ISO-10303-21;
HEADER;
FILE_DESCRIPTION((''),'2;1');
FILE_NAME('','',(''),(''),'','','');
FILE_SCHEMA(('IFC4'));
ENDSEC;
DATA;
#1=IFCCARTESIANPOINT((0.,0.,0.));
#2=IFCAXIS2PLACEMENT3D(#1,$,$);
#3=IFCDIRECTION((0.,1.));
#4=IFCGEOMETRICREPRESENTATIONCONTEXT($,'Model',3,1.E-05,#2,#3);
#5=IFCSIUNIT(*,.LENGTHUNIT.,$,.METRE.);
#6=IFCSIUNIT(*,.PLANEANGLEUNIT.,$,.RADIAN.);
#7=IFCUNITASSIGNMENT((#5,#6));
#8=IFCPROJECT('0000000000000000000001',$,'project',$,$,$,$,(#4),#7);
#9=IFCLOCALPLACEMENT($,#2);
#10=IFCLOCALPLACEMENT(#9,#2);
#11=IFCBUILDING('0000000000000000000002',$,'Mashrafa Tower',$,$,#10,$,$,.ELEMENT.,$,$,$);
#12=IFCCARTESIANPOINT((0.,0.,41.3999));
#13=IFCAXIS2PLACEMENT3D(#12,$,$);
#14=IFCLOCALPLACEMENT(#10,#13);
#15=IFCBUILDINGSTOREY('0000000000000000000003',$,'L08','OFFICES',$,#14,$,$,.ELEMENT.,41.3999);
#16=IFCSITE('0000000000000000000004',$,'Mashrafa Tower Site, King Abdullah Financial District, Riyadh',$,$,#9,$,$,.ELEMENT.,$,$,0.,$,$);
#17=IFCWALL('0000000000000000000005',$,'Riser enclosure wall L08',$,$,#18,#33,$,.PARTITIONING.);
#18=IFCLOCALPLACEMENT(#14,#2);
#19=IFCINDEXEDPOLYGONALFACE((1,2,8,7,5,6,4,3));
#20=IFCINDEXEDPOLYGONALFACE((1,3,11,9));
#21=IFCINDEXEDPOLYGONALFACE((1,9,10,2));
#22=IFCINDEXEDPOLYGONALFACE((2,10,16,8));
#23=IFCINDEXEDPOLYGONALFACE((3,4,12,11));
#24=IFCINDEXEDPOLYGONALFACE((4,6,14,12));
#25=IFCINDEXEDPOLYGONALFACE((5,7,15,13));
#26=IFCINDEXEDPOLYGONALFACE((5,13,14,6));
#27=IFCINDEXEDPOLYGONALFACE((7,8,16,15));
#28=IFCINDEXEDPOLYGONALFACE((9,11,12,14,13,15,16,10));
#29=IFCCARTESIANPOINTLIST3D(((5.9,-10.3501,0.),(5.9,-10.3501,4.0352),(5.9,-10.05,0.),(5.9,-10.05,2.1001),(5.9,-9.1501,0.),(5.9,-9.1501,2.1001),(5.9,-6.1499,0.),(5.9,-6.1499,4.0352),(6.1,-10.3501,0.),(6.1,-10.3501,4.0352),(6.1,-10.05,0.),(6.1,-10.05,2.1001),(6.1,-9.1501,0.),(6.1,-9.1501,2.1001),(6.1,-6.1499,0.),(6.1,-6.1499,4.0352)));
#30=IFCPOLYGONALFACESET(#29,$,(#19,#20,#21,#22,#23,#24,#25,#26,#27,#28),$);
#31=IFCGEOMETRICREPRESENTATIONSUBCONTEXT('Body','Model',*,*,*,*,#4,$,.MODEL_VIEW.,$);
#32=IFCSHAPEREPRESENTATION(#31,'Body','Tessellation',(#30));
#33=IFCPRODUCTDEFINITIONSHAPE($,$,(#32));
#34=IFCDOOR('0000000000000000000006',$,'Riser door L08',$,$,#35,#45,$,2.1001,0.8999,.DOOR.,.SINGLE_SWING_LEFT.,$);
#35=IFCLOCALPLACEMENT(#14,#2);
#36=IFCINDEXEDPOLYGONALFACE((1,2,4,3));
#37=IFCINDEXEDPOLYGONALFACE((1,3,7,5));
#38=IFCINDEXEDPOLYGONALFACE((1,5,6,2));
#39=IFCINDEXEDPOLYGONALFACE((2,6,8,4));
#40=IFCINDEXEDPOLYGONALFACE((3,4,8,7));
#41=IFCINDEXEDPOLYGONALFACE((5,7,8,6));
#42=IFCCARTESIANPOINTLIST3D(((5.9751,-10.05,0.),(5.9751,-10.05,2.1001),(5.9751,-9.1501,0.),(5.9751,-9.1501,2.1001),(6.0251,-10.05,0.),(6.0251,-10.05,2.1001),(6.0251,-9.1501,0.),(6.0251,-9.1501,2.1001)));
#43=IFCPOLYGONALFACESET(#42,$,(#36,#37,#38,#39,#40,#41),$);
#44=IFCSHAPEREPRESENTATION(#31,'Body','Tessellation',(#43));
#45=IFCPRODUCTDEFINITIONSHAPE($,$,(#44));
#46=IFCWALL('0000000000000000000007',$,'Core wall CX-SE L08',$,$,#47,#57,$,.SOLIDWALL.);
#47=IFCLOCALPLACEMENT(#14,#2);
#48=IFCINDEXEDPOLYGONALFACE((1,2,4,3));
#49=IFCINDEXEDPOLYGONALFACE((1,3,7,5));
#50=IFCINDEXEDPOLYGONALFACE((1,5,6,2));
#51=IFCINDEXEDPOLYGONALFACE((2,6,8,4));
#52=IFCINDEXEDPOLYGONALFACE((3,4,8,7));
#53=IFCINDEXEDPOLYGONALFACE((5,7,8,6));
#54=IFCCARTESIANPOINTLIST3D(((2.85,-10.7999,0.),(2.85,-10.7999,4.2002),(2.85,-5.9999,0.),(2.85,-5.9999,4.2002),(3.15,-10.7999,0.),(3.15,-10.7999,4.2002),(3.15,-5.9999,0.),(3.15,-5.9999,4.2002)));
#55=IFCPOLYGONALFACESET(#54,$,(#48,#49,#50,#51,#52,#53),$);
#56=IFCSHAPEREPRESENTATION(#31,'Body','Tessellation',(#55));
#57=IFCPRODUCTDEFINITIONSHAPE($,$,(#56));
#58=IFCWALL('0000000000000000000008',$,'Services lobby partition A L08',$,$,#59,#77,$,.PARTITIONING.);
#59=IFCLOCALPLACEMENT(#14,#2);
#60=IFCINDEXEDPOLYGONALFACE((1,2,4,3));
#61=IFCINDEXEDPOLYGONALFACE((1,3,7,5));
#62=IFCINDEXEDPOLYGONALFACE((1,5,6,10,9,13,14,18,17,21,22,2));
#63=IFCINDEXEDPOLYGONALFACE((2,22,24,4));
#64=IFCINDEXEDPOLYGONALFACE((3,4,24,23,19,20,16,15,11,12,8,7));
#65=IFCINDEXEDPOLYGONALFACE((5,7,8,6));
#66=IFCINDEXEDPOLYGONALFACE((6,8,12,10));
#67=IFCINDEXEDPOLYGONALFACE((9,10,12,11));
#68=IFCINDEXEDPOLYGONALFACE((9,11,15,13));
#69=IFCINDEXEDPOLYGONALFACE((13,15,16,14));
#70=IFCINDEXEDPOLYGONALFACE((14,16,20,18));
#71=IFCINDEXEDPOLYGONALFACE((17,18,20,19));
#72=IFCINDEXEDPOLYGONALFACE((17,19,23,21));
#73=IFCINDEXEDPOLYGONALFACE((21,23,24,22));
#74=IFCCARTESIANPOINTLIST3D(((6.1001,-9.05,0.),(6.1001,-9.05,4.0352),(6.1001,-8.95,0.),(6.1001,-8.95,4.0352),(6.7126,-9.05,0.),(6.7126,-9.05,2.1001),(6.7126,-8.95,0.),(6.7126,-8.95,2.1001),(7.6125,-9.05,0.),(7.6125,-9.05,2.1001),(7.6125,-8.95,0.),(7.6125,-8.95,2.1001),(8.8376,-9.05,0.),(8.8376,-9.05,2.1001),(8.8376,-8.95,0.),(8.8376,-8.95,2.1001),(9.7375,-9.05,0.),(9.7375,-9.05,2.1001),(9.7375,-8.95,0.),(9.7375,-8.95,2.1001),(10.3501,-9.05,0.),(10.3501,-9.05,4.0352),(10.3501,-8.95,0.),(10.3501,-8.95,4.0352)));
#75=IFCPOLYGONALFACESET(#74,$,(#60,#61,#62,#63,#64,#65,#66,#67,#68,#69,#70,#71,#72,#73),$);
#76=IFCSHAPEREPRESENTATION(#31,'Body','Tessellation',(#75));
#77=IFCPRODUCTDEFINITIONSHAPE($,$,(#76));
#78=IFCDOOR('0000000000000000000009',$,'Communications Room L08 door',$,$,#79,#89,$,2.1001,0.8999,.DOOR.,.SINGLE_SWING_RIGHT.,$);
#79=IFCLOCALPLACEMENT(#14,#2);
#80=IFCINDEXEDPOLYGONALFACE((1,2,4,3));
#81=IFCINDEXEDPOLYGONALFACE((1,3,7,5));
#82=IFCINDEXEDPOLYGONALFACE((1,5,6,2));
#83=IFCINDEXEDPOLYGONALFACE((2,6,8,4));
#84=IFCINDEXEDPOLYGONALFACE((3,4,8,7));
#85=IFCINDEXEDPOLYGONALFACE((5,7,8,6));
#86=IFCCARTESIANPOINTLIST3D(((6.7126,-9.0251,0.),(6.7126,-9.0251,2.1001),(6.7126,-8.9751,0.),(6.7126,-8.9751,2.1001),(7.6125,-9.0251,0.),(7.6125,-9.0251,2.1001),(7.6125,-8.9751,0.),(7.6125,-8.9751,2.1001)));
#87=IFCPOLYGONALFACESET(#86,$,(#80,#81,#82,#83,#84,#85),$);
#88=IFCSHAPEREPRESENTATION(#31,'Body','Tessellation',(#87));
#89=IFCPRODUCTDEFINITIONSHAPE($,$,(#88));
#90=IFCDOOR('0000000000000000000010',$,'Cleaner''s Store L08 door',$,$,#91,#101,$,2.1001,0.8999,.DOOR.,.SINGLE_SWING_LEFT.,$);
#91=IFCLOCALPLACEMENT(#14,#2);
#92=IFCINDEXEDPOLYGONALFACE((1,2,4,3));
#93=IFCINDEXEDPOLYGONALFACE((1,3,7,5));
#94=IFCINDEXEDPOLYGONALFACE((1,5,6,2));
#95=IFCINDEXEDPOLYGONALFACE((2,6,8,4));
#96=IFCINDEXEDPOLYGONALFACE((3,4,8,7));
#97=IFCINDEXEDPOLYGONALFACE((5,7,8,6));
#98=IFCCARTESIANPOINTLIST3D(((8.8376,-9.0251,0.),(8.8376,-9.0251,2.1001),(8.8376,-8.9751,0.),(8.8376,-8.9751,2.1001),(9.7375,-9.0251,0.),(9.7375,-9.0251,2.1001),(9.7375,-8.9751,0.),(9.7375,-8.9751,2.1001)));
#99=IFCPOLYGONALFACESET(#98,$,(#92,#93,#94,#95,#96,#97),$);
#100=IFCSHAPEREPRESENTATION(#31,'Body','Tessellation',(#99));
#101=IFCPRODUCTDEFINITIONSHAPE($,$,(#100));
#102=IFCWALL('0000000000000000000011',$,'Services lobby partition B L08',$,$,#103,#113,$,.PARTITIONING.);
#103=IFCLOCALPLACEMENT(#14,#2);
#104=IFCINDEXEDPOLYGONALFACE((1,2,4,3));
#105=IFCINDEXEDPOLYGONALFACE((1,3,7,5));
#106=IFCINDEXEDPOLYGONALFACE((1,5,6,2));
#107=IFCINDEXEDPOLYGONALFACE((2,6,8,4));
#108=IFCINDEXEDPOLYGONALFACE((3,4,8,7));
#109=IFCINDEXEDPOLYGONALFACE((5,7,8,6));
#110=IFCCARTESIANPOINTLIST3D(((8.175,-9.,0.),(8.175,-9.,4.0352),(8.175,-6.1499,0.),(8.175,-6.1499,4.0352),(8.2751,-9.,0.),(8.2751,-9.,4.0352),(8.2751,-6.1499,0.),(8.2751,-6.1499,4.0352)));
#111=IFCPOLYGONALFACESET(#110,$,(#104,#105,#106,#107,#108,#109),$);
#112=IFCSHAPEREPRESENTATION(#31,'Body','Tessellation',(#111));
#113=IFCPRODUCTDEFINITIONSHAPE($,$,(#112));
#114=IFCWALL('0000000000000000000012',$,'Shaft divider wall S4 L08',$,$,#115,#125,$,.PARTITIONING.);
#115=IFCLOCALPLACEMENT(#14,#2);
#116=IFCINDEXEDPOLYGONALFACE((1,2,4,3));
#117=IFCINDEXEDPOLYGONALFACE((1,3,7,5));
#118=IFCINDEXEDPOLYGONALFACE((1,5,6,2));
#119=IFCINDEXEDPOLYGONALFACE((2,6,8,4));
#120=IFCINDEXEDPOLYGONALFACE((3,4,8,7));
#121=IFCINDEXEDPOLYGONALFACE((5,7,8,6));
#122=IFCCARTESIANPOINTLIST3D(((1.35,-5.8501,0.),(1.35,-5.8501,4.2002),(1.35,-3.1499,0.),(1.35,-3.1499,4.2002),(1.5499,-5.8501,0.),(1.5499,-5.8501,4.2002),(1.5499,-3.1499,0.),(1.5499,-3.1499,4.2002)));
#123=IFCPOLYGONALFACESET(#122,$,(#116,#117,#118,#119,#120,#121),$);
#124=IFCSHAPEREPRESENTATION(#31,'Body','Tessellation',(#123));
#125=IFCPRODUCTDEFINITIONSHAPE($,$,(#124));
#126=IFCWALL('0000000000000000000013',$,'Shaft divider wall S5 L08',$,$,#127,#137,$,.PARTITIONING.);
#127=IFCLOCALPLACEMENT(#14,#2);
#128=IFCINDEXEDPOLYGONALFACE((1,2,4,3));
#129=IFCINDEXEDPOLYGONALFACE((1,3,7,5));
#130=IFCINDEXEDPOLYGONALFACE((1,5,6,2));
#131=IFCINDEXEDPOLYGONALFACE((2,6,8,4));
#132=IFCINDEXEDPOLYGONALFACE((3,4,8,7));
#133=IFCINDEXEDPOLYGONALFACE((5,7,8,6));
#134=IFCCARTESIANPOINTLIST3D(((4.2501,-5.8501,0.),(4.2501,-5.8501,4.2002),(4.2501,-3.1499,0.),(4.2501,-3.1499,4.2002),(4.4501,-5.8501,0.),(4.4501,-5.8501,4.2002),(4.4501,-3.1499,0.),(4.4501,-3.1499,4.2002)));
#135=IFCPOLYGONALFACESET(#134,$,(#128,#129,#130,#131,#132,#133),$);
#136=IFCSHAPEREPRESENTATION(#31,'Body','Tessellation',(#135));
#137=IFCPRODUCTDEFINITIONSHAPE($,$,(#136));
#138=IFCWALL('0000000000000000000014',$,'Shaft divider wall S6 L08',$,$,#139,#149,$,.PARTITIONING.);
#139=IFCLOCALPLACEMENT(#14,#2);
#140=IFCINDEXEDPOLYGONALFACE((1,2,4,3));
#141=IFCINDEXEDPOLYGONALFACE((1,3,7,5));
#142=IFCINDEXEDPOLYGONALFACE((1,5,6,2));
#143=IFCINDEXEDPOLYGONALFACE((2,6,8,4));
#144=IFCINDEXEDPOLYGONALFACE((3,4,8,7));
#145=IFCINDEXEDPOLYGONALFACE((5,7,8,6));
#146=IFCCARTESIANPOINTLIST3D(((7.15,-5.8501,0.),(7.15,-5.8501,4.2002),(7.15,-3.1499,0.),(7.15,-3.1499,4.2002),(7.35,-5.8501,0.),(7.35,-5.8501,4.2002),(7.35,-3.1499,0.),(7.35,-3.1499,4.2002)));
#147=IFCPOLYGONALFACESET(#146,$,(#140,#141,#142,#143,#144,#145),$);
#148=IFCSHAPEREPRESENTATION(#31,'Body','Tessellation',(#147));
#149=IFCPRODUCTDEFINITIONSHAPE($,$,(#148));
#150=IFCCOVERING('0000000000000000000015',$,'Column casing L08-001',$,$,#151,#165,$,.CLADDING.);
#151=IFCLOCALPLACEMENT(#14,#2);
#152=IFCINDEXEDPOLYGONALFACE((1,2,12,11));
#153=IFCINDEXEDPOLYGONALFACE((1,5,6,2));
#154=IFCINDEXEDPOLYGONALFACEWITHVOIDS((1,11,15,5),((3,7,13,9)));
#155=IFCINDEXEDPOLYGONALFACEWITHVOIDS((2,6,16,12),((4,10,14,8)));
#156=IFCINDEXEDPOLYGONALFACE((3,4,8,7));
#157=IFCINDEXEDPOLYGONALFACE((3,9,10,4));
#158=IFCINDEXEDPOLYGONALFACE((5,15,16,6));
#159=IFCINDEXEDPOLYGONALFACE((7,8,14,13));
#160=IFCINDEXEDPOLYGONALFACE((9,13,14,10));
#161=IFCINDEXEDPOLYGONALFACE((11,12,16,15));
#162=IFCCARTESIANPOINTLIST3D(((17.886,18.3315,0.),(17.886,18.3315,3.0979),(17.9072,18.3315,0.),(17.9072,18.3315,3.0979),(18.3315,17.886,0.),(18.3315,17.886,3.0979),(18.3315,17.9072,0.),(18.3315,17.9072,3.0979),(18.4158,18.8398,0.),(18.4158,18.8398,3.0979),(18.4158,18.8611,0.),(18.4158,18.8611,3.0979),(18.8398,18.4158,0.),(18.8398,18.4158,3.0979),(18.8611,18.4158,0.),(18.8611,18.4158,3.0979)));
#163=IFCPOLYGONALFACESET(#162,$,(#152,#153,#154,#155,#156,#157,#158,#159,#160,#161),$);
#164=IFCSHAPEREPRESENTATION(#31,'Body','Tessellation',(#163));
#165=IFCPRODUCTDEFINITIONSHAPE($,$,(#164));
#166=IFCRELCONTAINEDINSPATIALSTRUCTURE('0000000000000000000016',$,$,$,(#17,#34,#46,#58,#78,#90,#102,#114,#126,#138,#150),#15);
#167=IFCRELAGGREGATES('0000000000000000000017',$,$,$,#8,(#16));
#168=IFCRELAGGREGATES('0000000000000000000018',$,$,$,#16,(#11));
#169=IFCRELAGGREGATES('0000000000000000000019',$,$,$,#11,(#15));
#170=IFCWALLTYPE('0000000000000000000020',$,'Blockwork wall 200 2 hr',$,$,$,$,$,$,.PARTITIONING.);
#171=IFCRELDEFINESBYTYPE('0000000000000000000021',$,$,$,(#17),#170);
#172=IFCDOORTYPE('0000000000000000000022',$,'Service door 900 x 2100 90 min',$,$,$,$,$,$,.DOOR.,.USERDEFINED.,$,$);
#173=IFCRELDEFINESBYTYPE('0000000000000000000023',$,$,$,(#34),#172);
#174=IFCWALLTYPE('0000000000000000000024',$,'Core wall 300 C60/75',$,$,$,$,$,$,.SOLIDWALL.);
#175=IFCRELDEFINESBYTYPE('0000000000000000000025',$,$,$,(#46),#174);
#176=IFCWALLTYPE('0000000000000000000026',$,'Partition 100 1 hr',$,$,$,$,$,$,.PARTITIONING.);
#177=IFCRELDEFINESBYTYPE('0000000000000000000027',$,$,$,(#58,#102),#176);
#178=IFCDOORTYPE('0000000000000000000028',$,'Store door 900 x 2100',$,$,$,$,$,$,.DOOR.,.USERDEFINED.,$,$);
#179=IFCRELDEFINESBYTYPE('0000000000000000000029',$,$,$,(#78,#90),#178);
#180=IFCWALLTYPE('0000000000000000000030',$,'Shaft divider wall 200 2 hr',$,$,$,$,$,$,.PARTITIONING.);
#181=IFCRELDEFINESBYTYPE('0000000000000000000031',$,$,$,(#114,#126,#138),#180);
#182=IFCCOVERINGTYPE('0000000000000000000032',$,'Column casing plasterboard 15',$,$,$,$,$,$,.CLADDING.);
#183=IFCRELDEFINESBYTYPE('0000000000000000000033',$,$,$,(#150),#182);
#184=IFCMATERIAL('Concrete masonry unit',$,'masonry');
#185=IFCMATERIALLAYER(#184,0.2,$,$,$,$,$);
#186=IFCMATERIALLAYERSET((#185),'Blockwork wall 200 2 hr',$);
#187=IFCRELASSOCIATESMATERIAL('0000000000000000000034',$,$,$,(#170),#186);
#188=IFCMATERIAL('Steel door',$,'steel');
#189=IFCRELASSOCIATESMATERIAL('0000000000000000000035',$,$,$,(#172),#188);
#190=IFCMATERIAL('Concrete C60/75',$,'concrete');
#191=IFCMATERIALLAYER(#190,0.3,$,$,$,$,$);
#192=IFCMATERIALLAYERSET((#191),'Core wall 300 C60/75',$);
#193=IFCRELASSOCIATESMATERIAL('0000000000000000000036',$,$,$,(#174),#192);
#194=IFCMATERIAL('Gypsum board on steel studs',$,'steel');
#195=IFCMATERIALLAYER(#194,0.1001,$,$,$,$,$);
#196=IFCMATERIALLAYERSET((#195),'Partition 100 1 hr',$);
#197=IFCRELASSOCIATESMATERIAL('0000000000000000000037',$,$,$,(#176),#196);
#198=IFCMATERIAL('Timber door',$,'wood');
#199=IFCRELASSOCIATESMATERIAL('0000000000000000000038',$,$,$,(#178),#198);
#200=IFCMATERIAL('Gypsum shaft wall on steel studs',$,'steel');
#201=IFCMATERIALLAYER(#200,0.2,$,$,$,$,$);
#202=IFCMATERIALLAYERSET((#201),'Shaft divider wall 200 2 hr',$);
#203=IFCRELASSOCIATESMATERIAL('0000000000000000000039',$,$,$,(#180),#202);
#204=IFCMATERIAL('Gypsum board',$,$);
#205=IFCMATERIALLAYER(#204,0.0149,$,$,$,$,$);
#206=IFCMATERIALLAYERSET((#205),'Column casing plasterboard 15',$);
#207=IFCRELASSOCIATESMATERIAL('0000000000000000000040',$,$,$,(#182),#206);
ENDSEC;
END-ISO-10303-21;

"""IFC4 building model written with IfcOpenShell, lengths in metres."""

from ifc_helpers import new_model, si_unit, direction, frame, frame_2d, origin, place, context, subcontext, project, spatial, polyline, rectangle, outline, extrude, material, layer, layer_set, type_object, element, fill, save


model = new_model("IFC4")

# Units and contexts
model_context = context("Model", 3, precision=1e-05, world=origin(), true_north=direction((0.0, 1.0)))
body_context = subcontext(model_context, "Body", "Model", "MODEL_VIEW")
ifc_project = project(units=[si_unit("LENGTHUNIT", "METRE"), si_unit("PLANEANGLEUNIT", "RADIAN")], contexts=[model_context])

# Site, building, storey
site_placement = place(None, origin())
site = spatial("IfcSite", under=ifc_project, at=site_placement, Name="Mashrafa Tower Site, King Abdullah Financial District, Riyadh", CompositionType="ELEMENT", RefElevation=0.0)
building_placement = place(site_placement, origin())
building = spatial("IfcBuilding", under=site, at=building_placement, Name="Mashrafa Tower", CompositionType="ELEMENT")
storey_placement = place(building_placement, frame((0.0, 0.0, 41.3999)))
storey = spatial("IfcBuildingStorey", under=building, at=storey_placement, Name="L08", Description="OFFICES", CompositionType="ELEMENT", Elevation=41.3999)

# Wall, opening, door
ifc_material_1 = material(Name="Concrete masonry unit", Category="masonry")
ifc_layer_1 = layer(ifc_material_1, 0.2)
ifc_layer_set_1 = layer_set([ifc_layer_1], Name="Blockwork wall 200 2 hr")
wall_type_1 = type_object("IfcWallType", Name="Blockwork wall 200 2 hr", PredefinedType="PARTITIONING", material=ifc_layer_set_1)
wall_1_placement = place(storey_placement, frame((6.0, -10.3501, 0.0), z_axis=(0.0, 0.0, 1.0), x_axis=(0.0, 1.0, 0.0)))
wall_1 = element("IfcWall", 1, at=wall_1_placement, inside=storey, type_object=wall_type_1, Name="Riser enclosure wall L08", PredefinedType="PARTITIONING", context=body_context, shape_type="SweptSolid", body=[
    extrude(rectangle(XDim=4.2002, YDim=0.2, at=frame_2d((2.1001, 0.0))), origin(), (0.0, 0.0, 1.0), 4.0352),
])
opening_1_placement = place(wall_1_placement, frame((0.3, 0.0, 0.0)))
opening_1 = element("IfcOpeningElement", 2, at=opening_1_placement, cuts=wall_1, PredefinedType="OPENING", context=body_context, shape_type="SweptSolid", body=[
    extrude(rectangle(XDim=0.8999, YDim=2.1001, at=frame_2d((0.45, 1.05))), frame((0.0, 0.1099, 0.0), z_axis=(0.0, -1.0, 0.0), x_axis=(1.0, 0.0, 0.0)), (0.0, 0.0, 1.0), 0.22),
])
ifc_material_2 = material(Name="Steel door", Category="steel")
door_type_1 = type_object("IfcDoorType", Name="Service door 900 x 2100 90 min", OperationType="USERDEFINED", PredefinedType="DOOR", material=ifc_material_2)
door_1_placement = place(opening_1_placement, origin())
door_1 = element("IfcDoor", 3, at=door_1_placement, inside=storey, type_object=door_type_1, Name="Riser door L08", OperationType="SINGLE_SWING_LEFT", OverallHeight=2.1001, OverallWidth=0.8999, PredefinedType="DOOR", context=body_context, shape_type="SweptSolid", body=[
    extrude(rectangle(XDim=0.8999, YDim=2.1001, at=frame_2d((0.45, 1.05))), frame((0.0, 0.0249, 0.0), z_axis=(0.0, -1.0, 0.0), x_axis=(1.0, 0.0, 0.0)), (0.0, 0.0, 1.0), 0.05),
])
fill(opening_1, door_1)

# Wall
ifc_material_3 = material(Name="Concrete C60/75", Category="concrete")
ifc_layer_2 = layer(ifc_material_3, 0.3)
ifc_layer_set_2 = layer_set([ifc_layer_2], Name="Core wall 300 C60/75")
wall_type_2 = type_object("IfcWallType", Name="Core wall 300 C60/75", PredefinedType="SOLIDWALL", material=ifc_layer_set_2)
wall_2_placement = place(storey_placement, frame((3.0, -6.0, 0.0), z_axis=(0.0, 0.0, 1.0), x_axis=(0.0, -1.0, 0.0)))
element("IfcWall", 4, at=wall_2_placement, inside=storey, type_object=wall_type_2, Name="Core wall CX-SE L08", PredefinedType="SOLIDWALL", context=body_context, shape_type="SweptSolid", body=[
    extrude(rectangle(XDim=4.8, YDim=0.3, at=frame_2d((2.3999, 0.0))), origin(), (0.0, 0.0, 1.0), 4.2002),
])

# Wall, openings, doors
ifc_material_4 = material(Name="Gypsum board on steel studs", Category="steel")
ifc_layer_3 = layer(ifc_material_4, 0.1001)
ifc_layer_set_3 = layer_set([ifc_layer_3], Name="Partition 100 1 hr")
wall_type_3 = type_object("IfcWallType", Name="Partition 100 1 hr", PredefinedType="PARTITIONING", material=ifc_layer_set_3)
wall_3_placement = place(storey_placement, frame((6.1001, -9.0, 0.0), z_axis=(0.0, 0.0, 1.0), x_axis=(1.0, 0.0, 0.0)))
wall_3 = element("IfcWall", 5, at=wall_3_placement, inside=storey, type_object=wall_type_3, Name="Services lobby partition A L08", PredefinedType="PARTITIONING", context=body_context, shape_type="SweptSolid", body=[
    extrude(rectangle(XDim=4.25, YDim=0.1001, at=frame_2d((2.125, 0.0))), origin(), (0.0, 0.0, 1.0), 4.0352),
])
opening_2_placement = place(wall_3_placement, frame((0.6125, 0.0, 0.0)))
opening_2 = element("IfcOpeningElement", 6, at=opening_2_placement, cuts=wall_3, PredefinedType="OPENING", context=body_context, shape_type="SweptSolid", body=[
    extrude(rectangle(XDim=0.8999, YDim=2.1001, at=frame_2d((0.45, 1.05))), frame((0.0, 0.0601, 0.0), z_axis=(0.0, -1.0, 0.0), x_axis=(1.0, 0.0, 0.0)), (0.0, 0.0, 1.0), 0.1201),
])
opening_3_placement = place(wall_3_placement, frame((2.7375, 0.0, 0.0)))
opening_3 = element("IfcOpeningElement", 7, at=opening_3_placement, cuts=wall_3, PredefinedType="OPENING", context=body_context, shape_type="SweptSolid", body=[
    extrude(rectangle(XDim=0.8999, YDim=2.1001, at=frame_2d((0.45, 1.05))), frame((0.0, 0.0601, 0.0), z_axis=(0.0, -1.0, 0.0), x_axis=(1.0, 0.0, 0.0)), (0.0, 0.0, 1.0), 0.1201),
])
ifc_material_5 = material(Name="Timber door", Category="wood")
door_type_2 = type_object("IfcDoorType", Name="Store door 900 x 2100", OperationType="USERDEFINED", PredefinedType="DOOR", material=ifc_material_5)
door_2_placement = place(opening_2_placement, origin())
door_2 = element("IfcDoor", 8, at=door_2_placement, inside=storey, type_object=door_type_2, Name="Communications Room L08 door", OperationType="SINGLE_SWING_RIGHT", OverallHeight=2.1001, OverallWidth=0.8999, PredefinedType="DOOR", context=body_context, shape_type="SweptSolid", body=[
    extrude(rectangle(XDim=0.8999, YDim=2.1001, at=frame_2d((0.45, 1.05))), frame((0.0, 0.0249, 0.0), z_axis=(0.0, -1.0, 0.0), x_axis=(1.0, 0.0, 0.0)), (0.0, 0.0, 1.0), 0.05),
])
fill(opening_2, door_2)
door_3_placement = place(opening_3_placement, origin())
door_3 = element("IfcDoor", 9, at=door_3_placement, inside=storey, type_object=door_type_2, Name="Cleaner's Store L08 door", OperationType="SINGLE_SWING_LEFT", OverallHeight=2.1001, OverallWidth=0.8999, PredefinedType="DOOR", context=body_context, shape_type="SweptSolid", body=[
    extrude(rectangle(XDim=0.8999, YDim=2.1001, at=frame_2d((0.45, 1.05))), frame((0.0, 0.0249, 0.0), z_axis=(0.0, -1.0, 0.0), x_axis=(1.0, 0.0, 0.0)), (0.0, 0.0, 1.0), 0.05),
])
fill(opening_3, door_3)

# Walls
wall_4_placement = place(storey_placement, frame((8.2251, -9.0, 0.0), z_axis=(0.0, 0.0, 1.0), x_axis=(0.0, 1.0, 0.0)))
element("IfcWall", 10, at=wall_4_placement, inside=storey, type_object=wall_type_3, Name="Services lobby partition B L08", PredefinedType="PARTITIONING", context=body_context, shape_type="SweptSolid", body=[
    extrude(rectangle(XDim=2.8501, YDim=0.1001, at=frame_2d((1.425, 0.0))), origin(), (0.0, 0.0, 1.0), 4.0352),
])
ifc_material_6 = material(Name="Gypsum shaft wall on steel studs", Category="steel")
ifc_layer_4 = layer(ifc_material_6, 0.2)
ifc_layer_set_4 = layer_set([ifc_layer_4], Name="Shaft divider wall 200 2 hr")
wall_type_4 = type_object("IfcWallType", Name="Shaft divider wall 200 2 hr", PredefinedType="PARTITIONING", material=ifc_layer_set_4)
for number, where, z_axis, x_axis, name in (
    (11, (1.45, -5.8501, 0.0), (0.0, 0.0, 1.0), (0.0, 1.0, 0.0), "Shaft divider wall S4 L08"),
    (12, (4.3501, -5.8501, 0.0), (0.0, 0.0, 1.0), (0.0, 1.0, 0.0), "Shaft divider wall S5 L08"),
    (13, (7.25, -5.8501, 0.0), (0.0, 0.0, 1.0), (0.0, 1.0, 0.0), "Shaft divider wall S6 L08"),
):
    element("IfcWall", number, at=place(storey_placement, frame(where, z_axis=z_axis, x_axis=x_axis)), inside=storey, type_object=wall_type_4, Name=name, PredefinedType="PARTITIONING", context=body_context, shape_type="SweptSolid", body=[
        extrude(rectangle(XDim=2.7002, YDim=0.2, at=frame_2d((1.3501, 0.0))), origin(), (0.0, 0.0, 1.0), 4.2002),
    ])

# Covering
ifc_material_7 = material(Name="Gypsum board")
ifc_layer_5 = layer(ifc_material_7, 0.0149)
ifc_layer_set_5 = layer_set([ifc_layer_5], Name="Column casing plasterboard 15")
covering_type_1 = type_object("IfcCoveringType", Name="Column casing plasterboard 15", PredefinedType="CLADDING", material=ifc_layer_set_5)
covering_1_placement = place(storey_placement, origin())
element("IfcCovering", 14, at=covering_1_placement, inside=storey, type_object=covering_type_1, Name="Column casing L08-001", PredefinedType="CLADDING", context=body_context, shape_type="SweptSolid", body=[
    extrude(outline(polyline([(17.886, 18.3315), (18.4158, 18.8611), (18.8611, 18.4158), (18.3315, 17.886), (17.886, 18.3315)]), holes=[polyline([(18.8398, 18.4158), (18.4158, 18.8398), (17.9072, 18.3315), (18.3315, 17.9072), (18.8398, 18.4158)])]), origin(), (0.0, 0.0, 1.0), 3.0979),
])

save(model, "model.ifc")
